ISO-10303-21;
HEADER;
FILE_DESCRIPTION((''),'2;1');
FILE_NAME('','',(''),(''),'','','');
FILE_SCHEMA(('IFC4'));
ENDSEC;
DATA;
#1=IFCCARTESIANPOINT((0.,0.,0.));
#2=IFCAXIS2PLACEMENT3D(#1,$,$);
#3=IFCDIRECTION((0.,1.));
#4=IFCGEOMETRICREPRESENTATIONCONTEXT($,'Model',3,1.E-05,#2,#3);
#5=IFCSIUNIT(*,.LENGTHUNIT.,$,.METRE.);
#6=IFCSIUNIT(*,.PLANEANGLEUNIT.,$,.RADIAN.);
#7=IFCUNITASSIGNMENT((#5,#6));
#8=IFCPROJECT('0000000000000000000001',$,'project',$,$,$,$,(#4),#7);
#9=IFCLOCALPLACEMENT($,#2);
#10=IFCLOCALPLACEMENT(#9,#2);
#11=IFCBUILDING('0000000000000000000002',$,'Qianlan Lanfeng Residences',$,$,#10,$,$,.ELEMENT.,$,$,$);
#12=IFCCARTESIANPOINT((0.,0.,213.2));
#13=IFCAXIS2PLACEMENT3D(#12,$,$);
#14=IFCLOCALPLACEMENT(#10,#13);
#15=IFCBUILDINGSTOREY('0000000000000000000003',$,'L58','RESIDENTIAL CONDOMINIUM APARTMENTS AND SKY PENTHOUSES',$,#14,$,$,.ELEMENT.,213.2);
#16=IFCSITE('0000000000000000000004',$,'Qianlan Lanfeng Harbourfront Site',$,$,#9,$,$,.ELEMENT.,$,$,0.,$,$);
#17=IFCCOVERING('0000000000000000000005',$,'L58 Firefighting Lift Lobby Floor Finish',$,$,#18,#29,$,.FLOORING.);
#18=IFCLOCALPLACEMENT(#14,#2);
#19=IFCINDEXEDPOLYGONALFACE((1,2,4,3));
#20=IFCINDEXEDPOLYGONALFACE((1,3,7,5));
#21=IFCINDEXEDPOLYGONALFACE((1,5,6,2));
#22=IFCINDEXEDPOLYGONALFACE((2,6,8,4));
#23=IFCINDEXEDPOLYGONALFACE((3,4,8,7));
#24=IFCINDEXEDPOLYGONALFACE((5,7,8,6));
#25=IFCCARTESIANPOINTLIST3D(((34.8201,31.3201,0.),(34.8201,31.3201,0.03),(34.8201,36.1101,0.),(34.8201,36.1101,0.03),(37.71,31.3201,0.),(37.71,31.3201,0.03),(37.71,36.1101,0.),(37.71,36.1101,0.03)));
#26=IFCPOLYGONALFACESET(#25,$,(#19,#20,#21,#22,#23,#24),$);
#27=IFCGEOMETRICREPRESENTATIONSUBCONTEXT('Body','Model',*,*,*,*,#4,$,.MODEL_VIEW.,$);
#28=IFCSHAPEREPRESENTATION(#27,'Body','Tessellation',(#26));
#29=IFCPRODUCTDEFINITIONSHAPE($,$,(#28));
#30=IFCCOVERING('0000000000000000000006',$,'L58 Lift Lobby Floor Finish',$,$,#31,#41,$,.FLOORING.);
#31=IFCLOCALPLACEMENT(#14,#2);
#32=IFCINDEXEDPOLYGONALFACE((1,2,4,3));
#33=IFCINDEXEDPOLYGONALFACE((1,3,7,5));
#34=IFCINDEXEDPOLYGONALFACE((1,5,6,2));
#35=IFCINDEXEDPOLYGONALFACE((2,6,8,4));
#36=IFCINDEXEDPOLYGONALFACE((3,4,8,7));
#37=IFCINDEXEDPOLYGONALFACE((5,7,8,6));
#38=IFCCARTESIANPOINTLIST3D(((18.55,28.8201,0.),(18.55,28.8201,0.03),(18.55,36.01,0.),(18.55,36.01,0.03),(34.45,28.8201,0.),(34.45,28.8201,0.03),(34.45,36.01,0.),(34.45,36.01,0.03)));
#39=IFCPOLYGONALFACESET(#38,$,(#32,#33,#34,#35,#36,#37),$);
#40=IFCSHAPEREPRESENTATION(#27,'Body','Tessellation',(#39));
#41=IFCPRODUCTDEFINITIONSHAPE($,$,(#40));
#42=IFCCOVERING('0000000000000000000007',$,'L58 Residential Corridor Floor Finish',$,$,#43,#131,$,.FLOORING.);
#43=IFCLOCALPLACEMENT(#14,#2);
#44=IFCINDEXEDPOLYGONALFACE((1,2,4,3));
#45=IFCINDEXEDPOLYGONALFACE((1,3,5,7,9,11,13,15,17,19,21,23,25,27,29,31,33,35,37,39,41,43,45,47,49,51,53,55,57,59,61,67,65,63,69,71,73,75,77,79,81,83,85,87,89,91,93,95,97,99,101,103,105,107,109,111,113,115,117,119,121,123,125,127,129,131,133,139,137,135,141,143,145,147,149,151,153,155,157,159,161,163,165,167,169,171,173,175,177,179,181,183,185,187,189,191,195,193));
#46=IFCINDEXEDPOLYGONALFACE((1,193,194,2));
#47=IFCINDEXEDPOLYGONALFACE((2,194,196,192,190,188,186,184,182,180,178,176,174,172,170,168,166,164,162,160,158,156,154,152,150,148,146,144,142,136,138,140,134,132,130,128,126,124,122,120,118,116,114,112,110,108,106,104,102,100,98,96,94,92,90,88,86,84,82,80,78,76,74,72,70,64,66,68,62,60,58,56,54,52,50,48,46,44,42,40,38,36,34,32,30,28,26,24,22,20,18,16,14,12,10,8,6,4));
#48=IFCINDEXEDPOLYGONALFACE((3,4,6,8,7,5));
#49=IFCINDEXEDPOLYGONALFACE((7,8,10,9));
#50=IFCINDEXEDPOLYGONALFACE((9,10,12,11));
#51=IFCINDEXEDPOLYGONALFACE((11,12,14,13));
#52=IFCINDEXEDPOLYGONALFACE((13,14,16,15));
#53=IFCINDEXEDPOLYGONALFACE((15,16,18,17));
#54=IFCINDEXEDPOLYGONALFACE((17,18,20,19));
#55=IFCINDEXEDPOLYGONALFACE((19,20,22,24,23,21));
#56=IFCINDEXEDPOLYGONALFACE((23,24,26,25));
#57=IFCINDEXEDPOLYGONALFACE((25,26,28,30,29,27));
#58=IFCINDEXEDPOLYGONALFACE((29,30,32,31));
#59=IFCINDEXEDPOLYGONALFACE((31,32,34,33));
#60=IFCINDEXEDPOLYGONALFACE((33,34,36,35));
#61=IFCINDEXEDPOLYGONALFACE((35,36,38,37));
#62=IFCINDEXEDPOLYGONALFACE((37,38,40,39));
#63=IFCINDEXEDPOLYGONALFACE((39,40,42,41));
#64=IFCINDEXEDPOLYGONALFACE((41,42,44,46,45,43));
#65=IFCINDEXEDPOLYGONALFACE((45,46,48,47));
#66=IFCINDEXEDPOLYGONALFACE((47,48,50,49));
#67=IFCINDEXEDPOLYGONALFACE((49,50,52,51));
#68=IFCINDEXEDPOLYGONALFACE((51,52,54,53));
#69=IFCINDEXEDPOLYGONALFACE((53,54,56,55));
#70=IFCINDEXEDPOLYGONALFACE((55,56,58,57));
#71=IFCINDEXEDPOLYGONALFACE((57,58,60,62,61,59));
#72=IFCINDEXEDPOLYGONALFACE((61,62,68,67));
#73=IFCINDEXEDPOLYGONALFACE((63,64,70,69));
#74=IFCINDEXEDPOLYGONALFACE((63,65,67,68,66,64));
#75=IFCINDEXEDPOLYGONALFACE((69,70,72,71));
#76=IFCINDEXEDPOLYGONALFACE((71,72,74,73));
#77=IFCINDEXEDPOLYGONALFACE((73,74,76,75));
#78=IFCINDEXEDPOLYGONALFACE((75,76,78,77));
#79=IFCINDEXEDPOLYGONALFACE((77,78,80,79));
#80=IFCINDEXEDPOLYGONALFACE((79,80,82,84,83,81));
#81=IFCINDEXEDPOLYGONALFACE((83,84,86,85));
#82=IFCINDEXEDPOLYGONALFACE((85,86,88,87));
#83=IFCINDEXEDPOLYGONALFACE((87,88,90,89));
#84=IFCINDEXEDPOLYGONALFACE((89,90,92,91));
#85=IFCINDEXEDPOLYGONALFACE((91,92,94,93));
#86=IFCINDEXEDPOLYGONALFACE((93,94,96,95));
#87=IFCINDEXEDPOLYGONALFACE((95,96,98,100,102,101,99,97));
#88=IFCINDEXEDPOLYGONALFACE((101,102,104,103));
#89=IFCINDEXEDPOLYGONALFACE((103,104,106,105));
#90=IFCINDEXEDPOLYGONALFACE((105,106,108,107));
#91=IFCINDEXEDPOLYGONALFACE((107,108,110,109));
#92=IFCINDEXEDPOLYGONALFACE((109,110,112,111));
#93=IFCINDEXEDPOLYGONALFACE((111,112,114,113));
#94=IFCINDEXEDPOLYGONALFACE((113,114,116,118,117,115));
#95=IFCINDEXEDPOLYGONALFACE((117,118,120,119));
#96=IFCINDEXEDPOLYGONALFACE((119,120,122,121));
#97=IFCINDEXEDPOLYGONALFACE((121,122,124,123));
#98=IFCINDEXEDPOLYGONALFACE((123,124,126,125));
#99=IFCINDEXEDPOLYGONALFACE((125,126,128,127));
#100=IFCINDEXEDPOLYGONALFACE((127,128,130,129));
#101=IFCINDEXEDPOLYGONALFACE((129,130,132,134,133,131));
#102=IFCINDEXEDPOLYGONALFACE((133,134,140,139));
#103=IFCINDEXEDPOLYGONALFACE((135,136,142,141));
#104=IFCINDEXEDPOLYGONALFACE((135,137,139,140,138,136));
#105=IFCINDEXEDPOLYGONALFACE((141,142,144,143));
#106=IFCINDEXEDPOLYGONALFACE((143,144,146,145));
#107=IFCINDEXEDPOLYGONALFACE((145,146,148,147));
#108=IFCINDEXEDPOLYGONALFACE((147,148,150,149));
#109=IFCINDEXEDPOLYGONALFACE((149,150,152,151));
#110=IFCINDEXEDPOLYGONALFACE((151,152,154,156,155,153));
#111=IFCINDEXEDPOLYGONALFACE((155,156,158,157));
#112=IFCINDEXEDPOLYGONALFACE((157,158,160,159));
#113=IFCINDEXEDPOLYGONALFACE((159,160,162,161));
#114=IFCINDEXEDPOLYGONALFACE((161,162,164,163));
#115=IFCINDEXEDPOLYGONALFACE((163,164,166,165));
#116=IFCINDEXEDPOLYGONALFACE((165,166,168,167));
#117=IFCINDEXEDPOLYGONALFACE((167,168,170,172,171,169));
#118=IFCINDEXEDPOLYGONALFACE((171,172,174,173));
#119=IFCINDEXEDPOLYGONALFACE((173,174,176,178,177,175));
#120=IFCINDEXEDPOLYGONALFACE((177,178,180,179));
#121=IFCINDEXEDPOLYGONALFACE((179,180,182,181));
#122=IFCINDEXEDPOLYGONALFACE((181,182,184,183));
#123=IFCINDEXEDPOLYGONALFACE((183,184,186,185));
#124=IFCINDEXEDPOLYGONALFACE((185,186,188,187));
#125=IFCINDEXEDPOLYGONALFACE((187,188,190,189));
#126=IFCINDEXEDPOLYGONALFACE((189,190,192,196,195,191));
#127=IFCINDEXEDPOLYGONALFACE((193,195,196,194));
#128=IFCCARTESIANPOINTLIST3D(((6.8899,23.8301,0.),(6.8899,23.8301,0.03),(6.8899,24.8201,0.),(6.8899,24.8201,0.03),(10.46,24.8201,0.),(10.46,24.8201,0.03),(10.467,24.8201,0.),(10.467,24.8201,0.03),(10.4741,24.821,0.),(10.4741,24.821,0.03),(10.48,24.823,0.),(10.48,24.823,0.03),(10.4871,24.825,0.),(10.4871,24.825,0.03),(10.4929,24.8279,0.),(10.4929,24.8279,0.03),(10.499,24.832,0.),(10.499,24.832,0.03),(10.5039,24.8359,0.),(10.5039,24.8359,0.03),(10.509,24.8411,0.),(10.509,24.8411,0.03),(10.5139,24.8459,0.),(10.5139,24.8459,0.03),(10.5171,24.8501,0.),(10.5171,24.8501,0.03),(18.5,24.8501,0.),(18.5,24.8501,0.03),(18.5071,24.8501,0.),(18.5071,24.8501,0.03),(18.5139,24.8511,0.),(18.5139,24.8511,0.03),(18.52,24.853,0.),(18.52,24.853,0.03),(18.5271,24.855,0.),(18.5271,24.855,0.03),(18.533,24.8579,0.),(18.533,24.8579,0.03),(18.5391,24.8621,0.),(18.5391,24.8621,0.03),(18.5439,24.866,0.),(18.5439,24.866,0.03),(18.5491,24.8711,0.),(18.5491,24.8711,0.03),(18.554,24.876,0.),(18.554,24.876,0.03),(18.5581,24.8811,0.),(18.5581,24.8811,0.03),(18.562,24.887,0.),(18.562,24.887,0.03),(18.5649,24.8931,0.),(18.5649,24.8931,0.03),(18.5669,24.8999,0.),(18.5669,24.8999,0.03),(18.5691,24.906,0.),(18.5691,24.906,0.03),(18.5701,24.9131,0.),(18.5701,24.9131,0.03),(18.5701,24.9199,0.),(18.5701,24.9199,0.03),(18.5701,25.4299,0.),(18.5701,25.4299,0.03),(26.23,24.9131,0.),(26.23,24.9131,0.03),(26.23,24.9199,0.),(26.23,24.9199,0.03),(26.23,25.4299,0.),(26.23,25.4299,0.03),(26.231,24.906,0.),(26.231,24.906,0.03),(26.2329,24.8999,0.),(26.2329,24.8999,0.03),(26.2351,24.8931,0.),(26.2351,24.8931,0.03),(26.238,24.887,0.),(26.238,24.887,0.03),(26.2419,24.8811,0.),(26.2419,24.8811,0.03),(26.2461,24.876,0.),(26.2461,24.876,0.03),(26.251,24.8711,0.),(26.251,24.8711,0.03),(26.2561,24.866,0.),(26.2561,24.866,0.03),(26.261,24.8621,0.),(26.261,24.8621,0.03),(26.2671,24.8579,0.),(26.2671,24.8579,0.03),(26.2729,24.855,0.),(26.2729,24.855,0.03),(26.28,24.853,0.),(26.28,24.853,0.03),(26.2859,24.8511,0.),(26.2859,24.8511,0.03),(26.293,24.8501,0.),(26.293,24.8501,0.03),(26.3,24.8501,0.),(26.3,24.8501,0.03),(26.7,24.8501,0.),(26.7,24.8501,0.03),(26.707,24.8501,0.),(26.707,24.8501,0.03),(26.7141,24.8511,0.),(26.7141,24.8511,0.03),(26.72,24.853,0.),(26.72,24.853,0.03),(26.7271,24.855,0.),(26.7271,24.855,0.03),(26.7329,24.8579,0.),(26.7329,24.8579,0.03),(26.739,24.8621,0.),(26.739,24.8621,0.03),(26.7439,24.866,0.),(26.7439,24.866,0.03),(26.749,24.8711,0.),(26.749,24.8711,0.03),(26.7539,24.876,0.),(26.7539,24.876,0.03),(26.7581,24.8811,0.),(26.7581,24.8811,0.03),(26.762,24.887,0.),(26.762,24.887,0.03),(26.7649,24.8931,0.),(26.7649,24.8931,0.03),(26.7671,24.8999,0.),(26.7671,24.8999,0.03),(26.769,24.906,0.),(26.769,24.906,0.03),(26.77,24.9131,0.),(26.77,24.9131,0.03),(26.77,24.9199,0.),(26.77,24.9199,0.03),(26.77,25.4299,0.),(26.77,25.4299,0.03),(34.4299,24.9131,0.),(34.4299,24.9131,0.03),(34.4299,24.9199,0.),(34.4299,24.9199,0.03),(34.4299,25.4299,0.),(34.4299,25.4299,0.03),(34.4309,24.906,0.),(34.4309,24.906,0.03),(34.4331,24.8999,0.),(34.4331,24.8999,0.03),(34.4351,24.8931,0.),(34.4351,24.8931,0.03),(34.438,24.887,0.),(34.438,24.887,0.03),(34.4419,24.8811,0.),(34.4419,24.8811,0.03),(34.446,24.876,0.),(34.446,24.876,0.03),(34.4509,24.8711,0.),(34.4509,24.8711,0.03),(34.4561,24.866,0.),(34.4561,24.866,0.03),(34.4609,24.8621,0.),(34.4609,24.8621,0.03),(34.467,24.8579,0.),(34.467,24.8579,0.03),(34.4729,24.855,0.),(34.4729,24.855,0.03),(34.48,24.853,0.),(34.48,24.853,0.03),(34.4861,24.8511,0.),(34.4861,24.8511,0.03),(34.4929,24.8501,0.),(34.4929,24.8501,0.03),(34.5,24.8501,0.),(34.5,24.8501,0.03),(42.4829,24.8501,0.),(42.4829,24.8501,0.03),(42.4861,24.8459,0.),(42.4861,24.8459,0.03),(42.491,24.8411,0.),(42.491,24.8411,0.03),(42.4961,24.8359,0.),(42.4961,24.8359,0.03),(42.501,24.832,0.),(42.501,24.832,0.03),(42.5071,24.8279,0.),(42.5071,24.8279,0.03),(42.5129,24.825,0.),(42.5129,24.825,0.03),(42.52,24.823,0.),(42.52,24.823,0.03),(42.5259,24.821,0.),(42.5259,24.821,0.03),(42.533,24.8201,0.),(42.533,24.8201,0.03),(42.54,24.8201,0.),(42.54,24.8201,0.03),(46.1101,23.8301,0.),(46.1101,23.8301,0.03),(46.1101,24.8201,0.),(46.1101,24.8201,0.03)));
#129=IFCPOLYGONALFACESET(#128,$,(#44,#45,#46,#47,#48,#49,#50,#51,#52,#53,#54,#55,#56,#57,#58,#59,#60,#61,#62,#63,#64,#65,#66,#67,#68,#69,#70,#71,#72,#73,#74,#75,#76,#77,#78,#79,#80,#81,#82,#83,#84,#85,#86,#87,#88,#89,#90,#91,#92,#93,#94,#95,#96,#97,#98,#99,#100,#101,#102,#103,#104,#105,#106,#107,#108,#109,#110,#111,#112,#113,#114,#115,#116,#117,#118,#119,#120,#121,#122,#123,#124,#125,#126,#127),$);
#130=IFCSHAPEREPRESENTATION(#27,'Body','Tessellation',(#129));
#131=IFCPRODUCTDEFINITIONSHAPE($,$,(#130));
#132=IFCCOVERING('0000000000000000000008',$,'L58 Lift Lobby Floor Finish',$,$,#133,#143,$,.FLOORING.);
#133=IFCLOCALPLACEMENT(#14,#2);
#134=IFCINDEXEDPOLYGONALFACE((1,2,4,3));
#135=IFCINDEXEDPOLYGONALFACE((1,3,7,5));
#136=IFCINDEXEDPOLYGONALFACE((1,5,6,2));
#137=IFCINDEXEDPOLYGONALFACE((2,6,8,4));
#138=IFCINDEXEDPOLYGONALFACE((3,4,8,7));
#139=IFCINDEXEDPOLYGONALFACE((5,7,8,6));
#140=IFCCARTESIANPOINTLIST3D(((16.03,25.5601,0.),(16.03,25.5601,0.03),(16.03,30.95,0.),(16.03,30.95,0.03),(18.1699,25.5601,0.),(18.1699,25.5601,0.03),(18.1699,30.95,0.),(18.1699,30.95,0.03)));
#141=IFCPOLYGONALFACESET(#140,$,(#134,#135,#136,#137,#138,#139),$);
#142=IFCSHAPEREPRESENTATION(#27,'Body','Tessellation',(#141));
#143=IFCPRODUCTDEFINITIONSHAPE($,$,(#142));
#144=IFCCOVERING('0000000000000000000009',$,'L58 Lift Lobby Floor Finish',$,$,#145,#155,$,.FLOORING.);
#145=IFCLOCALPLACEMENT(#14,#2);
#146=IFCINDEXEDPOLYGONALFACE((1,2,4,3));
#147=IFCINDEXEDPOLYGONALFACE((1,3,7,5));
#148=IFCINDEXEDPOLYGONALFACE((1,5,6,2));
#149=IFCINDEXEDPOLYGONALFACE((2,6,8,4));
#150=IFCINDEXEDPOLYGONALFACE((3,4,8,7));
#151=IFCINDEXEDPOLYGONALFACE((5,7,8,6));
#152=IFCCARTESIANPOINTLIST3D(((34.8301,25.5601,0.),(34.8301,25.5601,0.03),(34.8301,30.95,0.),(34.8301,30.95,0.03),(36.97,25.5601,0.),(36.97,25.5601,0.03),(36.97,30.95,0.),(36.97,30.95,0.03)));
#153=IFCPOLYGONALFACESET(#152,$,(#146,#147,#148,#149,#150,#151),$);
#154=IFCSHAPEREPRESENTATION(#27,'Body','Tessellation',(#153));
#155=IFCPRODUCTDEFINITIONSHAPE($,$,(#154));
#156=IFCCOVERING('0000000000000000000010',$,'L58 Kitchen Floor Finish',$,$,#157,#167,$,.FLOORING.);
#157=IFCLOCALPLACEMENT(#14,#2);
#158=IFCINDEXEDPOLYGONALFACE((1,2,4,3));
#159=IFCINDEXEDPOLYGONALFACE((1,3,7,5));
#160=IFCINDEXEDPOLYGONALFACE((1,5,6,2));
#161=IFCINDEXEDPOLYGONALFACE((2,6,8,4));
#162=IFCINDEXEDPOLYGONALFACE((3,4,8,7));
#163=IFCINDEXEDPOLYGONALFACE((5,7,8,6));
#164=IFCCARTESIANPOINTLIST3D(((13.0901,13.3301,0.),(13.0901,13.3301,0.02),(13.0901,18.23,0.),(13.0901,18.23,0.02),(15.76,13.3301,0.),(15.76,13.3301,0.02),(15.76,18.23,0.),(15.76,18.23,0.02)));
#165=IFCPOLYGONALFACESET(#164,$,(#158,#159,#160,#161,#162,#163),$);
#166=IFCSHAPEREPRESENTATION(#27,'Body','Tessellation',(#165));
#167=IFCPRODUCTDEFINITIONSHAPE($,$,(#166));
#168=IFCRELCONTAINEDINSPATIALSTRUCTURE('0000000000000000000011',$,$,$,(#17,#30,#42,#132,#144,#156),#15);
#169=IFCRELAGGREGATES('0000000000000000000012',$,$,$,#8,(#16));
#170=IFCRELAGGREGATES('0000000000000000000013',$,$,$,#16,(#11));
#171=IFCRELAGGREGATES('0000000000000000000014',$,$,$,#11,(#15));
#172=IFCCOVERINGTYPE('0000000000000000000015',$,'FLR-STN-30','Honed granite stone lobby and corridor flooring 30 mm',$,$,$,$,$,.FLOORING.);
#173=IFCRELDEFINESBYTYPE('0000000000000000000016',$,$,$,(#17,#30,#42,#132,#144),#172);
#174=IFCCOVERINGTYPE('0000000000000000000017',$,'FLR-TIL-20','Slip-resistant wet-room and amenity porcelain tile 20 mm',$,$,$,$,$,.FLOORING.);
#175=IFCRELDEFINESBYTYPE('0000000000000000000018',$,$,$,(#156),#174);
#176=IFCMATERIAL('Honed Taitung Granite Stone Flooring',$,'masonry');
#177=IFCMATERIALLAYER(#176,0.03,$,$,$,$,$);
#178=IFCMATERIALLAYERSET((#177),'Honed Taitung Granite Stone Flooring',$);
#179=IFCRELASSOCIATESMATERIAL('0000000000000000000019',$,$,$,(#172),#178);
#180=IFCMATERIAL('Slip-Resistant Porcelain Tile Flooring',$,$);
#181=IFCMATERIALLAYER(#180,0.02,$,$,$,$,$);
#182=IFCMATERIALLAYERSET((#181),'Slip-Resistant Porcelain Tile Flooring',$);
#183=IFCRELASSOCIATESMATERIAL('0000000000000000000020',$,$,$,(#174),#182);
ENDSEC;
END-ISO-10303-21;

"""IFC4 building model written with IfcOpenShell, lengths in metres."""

from ifc_helpers import new_model, si_unit, direction, frame, origin, place, context, subcontext, project, spatial, polyline, outline, extrude, material, layer, layer_set, type_object, element, save


model = new_model("IFC4")

# Units and contexts
model_context = context("Model", 3, precision=1e-05, world=origin(), true_north=direction((0.0, 1.0)))
body_context = subcontext(model_context, "Body", "Model", "MODEL_VIEW")
ifc_project = project(units=[si_unit("LENGTHUNIT", "METRE"), si_unit("PLANEANGLEUNIT", "RADIAN")], contexts=[model_context])

# Site, building, storey
site_placement = place(None, origin())
site = spatial("IfcSite", under=ifc_project, at=site_placement, Name="Qianlan Lanfeng Harbourfront Site", CompositionType="ELEMENT", RefElevation=0.0)
building_placement = place(site_placement, origin())
building = spatial("IfcBuilding", under=site, at=building_placement, Name="Qianlan Lanfeng Residences", CompositionType="ELEMENT")
storey_placement = place(building_placement, frame((0.0, 0.0, 213.2)))
storey = spatial("IfcBuildingStorey", under=building, at=storey_placement, Name="L58", Description="RESIDENTIAL CONDOMINIUM APARTMENTS AND SKY PENTHOUSES", CompositionType="ELEMENT", Elevation=213.2)

# Coverings
ifc_material_1 = material(Name="Honed Taitung Granite Stone Flooring", Category="masonry")
ifc_layer_1 = layer(ifc_material_1, 0.03)
ifc_layer_set_1 = layer_set([ifc_layer_1], Name="Honed Taitung Granite Stone Flooring")
covering_type_1 = type_object("IfcCoveringType", Name="FLR-STN-30", Description="Honed granite stone lobby and corridor flooring 30 mm", PredefinedType="FLOORING", material=ifc_layer_set_1)
covering_1_placement = place(storey_placement, origin())
element("IfcCovering", 1, at=covering_1_placement, inside=storey, type_object=covering_type_1, Name="L58 Firefighting Lift Lobby Floor Finish", PredefinedType="FLOORING", context=body_context, shape_type="SweptSolid", body=[
    extrude(outline(polyline([(34.8201, 31.3201), (37.71, 31.3201), (37.71, 36.1101), (34.8201, 36.1101), (34.8201, 31.3201)])), origin(), (0.0, 0.0, 1.0), 0.03),
])
covering_2_placement = place(storey_placement, origin())
element("IfcCovering", 2, at=covering_2_placement, inside=storey, type_object=covering_type_1, Name="L58 Lift Lobby Floor Finish", PredefinedType="FLOORING", context=body_context, shape_type="SweptSolid", body=[
    extrude(outline(polyline([(18.55, 28.8201), (34.45, 28.8201), (34.45, 36.01), (18.55, 36.01), (18.55, 28.8201)])), origin(), (0.0, 0.0, 1.0), 0.03),
])
covering_3_placement = place(storey_placement, origin())
element("IfcCovering", 3, at=covering_3_placement, inside=storey, type_object=covering_type_1, Name="L58 Residential Corridor Floor Finish", PredefinedType="FLOORING", context=body_context, shape_type="SweptSolid", body=[
    extrude(outline(polyline([(6.8899, 23.8301), (46.1101, 23.8301), (46.1101, 24.8201), (42.54, 24.8201), (42.533, 24.8201), (42.5259, 24.821), (42.52, 24.823), (42.5129, 24.825), (42.5071, 24.8279), (42.501, 24.832), (42.4961, 24.8359), (42.491, 24.8411), (42.4861, 24.8459), (42.4829, 24.8501), (34.5, 24.8501), (34.4929, 24.8501), (34.4861, 24.8511), (34.48, 24.853), (34.4729, 24.855), (34.467, 24.8579), (34.4609, 24.8621), (34.4561, 24.866), (34.4509, 24.8711), (34.446, 24.876), (34.4419, 24.8811), (34.438, 24.887), (34.4351, 24.8931), (34.4331, 24.8999), (34.4309, 24.906), (34.4299, 24.9131), (34.4299, 24.9199), (34.4299, 25.4299), (26.77, 25.4299), (26.77, 24.9199), (26.77, 24.9131), (26.769, 24.906), (26.7671, 24.8999), (26.7649, 24.8931), (26.762, 24.887), (26.7581, 24.8811), (26.7539, 24.876), (26.749, 24.8711), (26.7439, 24.866), (26.739, 24.8621), (26.7329, 24.8579), (26.7271, 24.855), (26.72, 24.853), (26.7141, 24.8511), (26.707, 24.8501), (26.7, 24.8501), (26.3, 24.8501), (26.293, 24.8501), (26.2859, 24.8511), (26.28, 24.853), (26.2729, 24.855), (26.2671, 24.8579), (26.261, 24.8621), (26.2561, 24.866), (26.251, 24.8711), (26.2461, 24.876), (26.2419, 24.8811), (26.238, 24.887), (26.2351, 24.8931), (26.2329, 24.8999), (26.231, 24.906), (26.23, 24.9131), (26.23, 24.9199), (26.23, 25.4299), (18.5701, 25.4299), (18.5701, 24.9199), (18.5701, 24.9131), (18.5691, 24.906), (18.5669, 24.8999), (18.5649, 24.8931), (18.562, 24.887), (18.5581, 24.8811), (18.554, 24.876), (18.5491, 24.8711), (18.5439, 24.866), (18.5391, 24.8621), (18.533, 24.8579), (18.5271, 24.855), (18.52, 24.853), (18.5139, 24.8511), (18.5071, 24.8501), (18.5, 24.8501), (10.5171, 24.8501), (10.5139, 24.8459), (10.509, 24.8411), (10.5039, 24.8359), (10.499, 24.832), (10.4929, 24.8279), (10.4871, 24.825), (10.48, 24.823), (10.4741, 24.821), (10.467, 24.8201), (10.46, 24.8201), (6.8899, 24.8201), (6.8899, 23.8301)])), origin(), (0.0, 0.0, 1.0), 0.03),
])
covering_4_placement = place(storey_placement, origin())
element("IfcCovering", 4, at=covering_4_placement, inside=storey, type_object=covering_type_1, Name="L58 Lift Lobby Floor Finish", PredefinedType="FLOORING", context=body_context, shape_type="SweptSolid", body=[
    extrude(outline(polyline([(16.03, 25.5601), (18.1699, 25.5601), (18.1699, 30.95), (16.03, 30.95), (16.03, 25.5601)])), origin(), (0.0, 0.0, 1.0), 0.03),
])
covering_5_placement = place(storey_placement, origin())
element("IfcCovering", 5, at=covering_5_placement, inside=storey, type_object=covering_type_1, Name="L58 Lift Lobby Floor Finish", PredefinedType="FLOORING", context=body_context, shape_type="SweptSolid", body=[
    extrude(outline(polyline([(34.8301, 25.5601), (36.97, 25.5601), (36.97, 30.95), (34.8301, 30.95), (34.8301, 25.5601)])), origin(), (0.0, 0.0, 1.0), 0.03),
])
ifc_material_2 = material(Name="Slip-Resistant Porcelain Tile Flooring")
ifc_layer_2 = layer(ifc_material_2, 0.02)
ifc_layer_set_2 = layer_set([ifc_layer_2], Name="Slip-Resistant Porcelain Tile Flooring")
covering_type_2 = type_object("IfcCoveringType", Name="FLR-TIL-20", Description="Slip-resistant wet-room and amenity porcelain tile 20 mm", PredefinedType="FLOORING", material=ifc_layer_set_2)
covering_6_placement = place(storey_placement, origin())
element("IfcCovering", 6, at=covering_6_placement, inside=storey, type_object=covering_type_2, Name="L58 Kitchen Floor Finish", PredefinedType="FLOORING", context=body_context, shape_type="SweptSolid", body=[
    extrude(outline(polyline([(13.0901, 13.3301), (15.76, 13.3301), (15.76, 18.23), (13.0901, 18.23), (13.0901, 13.3301)])), origin(), (0.0, 0.0, 1.0), 0.02),
])

save(model, "model.ifc")
